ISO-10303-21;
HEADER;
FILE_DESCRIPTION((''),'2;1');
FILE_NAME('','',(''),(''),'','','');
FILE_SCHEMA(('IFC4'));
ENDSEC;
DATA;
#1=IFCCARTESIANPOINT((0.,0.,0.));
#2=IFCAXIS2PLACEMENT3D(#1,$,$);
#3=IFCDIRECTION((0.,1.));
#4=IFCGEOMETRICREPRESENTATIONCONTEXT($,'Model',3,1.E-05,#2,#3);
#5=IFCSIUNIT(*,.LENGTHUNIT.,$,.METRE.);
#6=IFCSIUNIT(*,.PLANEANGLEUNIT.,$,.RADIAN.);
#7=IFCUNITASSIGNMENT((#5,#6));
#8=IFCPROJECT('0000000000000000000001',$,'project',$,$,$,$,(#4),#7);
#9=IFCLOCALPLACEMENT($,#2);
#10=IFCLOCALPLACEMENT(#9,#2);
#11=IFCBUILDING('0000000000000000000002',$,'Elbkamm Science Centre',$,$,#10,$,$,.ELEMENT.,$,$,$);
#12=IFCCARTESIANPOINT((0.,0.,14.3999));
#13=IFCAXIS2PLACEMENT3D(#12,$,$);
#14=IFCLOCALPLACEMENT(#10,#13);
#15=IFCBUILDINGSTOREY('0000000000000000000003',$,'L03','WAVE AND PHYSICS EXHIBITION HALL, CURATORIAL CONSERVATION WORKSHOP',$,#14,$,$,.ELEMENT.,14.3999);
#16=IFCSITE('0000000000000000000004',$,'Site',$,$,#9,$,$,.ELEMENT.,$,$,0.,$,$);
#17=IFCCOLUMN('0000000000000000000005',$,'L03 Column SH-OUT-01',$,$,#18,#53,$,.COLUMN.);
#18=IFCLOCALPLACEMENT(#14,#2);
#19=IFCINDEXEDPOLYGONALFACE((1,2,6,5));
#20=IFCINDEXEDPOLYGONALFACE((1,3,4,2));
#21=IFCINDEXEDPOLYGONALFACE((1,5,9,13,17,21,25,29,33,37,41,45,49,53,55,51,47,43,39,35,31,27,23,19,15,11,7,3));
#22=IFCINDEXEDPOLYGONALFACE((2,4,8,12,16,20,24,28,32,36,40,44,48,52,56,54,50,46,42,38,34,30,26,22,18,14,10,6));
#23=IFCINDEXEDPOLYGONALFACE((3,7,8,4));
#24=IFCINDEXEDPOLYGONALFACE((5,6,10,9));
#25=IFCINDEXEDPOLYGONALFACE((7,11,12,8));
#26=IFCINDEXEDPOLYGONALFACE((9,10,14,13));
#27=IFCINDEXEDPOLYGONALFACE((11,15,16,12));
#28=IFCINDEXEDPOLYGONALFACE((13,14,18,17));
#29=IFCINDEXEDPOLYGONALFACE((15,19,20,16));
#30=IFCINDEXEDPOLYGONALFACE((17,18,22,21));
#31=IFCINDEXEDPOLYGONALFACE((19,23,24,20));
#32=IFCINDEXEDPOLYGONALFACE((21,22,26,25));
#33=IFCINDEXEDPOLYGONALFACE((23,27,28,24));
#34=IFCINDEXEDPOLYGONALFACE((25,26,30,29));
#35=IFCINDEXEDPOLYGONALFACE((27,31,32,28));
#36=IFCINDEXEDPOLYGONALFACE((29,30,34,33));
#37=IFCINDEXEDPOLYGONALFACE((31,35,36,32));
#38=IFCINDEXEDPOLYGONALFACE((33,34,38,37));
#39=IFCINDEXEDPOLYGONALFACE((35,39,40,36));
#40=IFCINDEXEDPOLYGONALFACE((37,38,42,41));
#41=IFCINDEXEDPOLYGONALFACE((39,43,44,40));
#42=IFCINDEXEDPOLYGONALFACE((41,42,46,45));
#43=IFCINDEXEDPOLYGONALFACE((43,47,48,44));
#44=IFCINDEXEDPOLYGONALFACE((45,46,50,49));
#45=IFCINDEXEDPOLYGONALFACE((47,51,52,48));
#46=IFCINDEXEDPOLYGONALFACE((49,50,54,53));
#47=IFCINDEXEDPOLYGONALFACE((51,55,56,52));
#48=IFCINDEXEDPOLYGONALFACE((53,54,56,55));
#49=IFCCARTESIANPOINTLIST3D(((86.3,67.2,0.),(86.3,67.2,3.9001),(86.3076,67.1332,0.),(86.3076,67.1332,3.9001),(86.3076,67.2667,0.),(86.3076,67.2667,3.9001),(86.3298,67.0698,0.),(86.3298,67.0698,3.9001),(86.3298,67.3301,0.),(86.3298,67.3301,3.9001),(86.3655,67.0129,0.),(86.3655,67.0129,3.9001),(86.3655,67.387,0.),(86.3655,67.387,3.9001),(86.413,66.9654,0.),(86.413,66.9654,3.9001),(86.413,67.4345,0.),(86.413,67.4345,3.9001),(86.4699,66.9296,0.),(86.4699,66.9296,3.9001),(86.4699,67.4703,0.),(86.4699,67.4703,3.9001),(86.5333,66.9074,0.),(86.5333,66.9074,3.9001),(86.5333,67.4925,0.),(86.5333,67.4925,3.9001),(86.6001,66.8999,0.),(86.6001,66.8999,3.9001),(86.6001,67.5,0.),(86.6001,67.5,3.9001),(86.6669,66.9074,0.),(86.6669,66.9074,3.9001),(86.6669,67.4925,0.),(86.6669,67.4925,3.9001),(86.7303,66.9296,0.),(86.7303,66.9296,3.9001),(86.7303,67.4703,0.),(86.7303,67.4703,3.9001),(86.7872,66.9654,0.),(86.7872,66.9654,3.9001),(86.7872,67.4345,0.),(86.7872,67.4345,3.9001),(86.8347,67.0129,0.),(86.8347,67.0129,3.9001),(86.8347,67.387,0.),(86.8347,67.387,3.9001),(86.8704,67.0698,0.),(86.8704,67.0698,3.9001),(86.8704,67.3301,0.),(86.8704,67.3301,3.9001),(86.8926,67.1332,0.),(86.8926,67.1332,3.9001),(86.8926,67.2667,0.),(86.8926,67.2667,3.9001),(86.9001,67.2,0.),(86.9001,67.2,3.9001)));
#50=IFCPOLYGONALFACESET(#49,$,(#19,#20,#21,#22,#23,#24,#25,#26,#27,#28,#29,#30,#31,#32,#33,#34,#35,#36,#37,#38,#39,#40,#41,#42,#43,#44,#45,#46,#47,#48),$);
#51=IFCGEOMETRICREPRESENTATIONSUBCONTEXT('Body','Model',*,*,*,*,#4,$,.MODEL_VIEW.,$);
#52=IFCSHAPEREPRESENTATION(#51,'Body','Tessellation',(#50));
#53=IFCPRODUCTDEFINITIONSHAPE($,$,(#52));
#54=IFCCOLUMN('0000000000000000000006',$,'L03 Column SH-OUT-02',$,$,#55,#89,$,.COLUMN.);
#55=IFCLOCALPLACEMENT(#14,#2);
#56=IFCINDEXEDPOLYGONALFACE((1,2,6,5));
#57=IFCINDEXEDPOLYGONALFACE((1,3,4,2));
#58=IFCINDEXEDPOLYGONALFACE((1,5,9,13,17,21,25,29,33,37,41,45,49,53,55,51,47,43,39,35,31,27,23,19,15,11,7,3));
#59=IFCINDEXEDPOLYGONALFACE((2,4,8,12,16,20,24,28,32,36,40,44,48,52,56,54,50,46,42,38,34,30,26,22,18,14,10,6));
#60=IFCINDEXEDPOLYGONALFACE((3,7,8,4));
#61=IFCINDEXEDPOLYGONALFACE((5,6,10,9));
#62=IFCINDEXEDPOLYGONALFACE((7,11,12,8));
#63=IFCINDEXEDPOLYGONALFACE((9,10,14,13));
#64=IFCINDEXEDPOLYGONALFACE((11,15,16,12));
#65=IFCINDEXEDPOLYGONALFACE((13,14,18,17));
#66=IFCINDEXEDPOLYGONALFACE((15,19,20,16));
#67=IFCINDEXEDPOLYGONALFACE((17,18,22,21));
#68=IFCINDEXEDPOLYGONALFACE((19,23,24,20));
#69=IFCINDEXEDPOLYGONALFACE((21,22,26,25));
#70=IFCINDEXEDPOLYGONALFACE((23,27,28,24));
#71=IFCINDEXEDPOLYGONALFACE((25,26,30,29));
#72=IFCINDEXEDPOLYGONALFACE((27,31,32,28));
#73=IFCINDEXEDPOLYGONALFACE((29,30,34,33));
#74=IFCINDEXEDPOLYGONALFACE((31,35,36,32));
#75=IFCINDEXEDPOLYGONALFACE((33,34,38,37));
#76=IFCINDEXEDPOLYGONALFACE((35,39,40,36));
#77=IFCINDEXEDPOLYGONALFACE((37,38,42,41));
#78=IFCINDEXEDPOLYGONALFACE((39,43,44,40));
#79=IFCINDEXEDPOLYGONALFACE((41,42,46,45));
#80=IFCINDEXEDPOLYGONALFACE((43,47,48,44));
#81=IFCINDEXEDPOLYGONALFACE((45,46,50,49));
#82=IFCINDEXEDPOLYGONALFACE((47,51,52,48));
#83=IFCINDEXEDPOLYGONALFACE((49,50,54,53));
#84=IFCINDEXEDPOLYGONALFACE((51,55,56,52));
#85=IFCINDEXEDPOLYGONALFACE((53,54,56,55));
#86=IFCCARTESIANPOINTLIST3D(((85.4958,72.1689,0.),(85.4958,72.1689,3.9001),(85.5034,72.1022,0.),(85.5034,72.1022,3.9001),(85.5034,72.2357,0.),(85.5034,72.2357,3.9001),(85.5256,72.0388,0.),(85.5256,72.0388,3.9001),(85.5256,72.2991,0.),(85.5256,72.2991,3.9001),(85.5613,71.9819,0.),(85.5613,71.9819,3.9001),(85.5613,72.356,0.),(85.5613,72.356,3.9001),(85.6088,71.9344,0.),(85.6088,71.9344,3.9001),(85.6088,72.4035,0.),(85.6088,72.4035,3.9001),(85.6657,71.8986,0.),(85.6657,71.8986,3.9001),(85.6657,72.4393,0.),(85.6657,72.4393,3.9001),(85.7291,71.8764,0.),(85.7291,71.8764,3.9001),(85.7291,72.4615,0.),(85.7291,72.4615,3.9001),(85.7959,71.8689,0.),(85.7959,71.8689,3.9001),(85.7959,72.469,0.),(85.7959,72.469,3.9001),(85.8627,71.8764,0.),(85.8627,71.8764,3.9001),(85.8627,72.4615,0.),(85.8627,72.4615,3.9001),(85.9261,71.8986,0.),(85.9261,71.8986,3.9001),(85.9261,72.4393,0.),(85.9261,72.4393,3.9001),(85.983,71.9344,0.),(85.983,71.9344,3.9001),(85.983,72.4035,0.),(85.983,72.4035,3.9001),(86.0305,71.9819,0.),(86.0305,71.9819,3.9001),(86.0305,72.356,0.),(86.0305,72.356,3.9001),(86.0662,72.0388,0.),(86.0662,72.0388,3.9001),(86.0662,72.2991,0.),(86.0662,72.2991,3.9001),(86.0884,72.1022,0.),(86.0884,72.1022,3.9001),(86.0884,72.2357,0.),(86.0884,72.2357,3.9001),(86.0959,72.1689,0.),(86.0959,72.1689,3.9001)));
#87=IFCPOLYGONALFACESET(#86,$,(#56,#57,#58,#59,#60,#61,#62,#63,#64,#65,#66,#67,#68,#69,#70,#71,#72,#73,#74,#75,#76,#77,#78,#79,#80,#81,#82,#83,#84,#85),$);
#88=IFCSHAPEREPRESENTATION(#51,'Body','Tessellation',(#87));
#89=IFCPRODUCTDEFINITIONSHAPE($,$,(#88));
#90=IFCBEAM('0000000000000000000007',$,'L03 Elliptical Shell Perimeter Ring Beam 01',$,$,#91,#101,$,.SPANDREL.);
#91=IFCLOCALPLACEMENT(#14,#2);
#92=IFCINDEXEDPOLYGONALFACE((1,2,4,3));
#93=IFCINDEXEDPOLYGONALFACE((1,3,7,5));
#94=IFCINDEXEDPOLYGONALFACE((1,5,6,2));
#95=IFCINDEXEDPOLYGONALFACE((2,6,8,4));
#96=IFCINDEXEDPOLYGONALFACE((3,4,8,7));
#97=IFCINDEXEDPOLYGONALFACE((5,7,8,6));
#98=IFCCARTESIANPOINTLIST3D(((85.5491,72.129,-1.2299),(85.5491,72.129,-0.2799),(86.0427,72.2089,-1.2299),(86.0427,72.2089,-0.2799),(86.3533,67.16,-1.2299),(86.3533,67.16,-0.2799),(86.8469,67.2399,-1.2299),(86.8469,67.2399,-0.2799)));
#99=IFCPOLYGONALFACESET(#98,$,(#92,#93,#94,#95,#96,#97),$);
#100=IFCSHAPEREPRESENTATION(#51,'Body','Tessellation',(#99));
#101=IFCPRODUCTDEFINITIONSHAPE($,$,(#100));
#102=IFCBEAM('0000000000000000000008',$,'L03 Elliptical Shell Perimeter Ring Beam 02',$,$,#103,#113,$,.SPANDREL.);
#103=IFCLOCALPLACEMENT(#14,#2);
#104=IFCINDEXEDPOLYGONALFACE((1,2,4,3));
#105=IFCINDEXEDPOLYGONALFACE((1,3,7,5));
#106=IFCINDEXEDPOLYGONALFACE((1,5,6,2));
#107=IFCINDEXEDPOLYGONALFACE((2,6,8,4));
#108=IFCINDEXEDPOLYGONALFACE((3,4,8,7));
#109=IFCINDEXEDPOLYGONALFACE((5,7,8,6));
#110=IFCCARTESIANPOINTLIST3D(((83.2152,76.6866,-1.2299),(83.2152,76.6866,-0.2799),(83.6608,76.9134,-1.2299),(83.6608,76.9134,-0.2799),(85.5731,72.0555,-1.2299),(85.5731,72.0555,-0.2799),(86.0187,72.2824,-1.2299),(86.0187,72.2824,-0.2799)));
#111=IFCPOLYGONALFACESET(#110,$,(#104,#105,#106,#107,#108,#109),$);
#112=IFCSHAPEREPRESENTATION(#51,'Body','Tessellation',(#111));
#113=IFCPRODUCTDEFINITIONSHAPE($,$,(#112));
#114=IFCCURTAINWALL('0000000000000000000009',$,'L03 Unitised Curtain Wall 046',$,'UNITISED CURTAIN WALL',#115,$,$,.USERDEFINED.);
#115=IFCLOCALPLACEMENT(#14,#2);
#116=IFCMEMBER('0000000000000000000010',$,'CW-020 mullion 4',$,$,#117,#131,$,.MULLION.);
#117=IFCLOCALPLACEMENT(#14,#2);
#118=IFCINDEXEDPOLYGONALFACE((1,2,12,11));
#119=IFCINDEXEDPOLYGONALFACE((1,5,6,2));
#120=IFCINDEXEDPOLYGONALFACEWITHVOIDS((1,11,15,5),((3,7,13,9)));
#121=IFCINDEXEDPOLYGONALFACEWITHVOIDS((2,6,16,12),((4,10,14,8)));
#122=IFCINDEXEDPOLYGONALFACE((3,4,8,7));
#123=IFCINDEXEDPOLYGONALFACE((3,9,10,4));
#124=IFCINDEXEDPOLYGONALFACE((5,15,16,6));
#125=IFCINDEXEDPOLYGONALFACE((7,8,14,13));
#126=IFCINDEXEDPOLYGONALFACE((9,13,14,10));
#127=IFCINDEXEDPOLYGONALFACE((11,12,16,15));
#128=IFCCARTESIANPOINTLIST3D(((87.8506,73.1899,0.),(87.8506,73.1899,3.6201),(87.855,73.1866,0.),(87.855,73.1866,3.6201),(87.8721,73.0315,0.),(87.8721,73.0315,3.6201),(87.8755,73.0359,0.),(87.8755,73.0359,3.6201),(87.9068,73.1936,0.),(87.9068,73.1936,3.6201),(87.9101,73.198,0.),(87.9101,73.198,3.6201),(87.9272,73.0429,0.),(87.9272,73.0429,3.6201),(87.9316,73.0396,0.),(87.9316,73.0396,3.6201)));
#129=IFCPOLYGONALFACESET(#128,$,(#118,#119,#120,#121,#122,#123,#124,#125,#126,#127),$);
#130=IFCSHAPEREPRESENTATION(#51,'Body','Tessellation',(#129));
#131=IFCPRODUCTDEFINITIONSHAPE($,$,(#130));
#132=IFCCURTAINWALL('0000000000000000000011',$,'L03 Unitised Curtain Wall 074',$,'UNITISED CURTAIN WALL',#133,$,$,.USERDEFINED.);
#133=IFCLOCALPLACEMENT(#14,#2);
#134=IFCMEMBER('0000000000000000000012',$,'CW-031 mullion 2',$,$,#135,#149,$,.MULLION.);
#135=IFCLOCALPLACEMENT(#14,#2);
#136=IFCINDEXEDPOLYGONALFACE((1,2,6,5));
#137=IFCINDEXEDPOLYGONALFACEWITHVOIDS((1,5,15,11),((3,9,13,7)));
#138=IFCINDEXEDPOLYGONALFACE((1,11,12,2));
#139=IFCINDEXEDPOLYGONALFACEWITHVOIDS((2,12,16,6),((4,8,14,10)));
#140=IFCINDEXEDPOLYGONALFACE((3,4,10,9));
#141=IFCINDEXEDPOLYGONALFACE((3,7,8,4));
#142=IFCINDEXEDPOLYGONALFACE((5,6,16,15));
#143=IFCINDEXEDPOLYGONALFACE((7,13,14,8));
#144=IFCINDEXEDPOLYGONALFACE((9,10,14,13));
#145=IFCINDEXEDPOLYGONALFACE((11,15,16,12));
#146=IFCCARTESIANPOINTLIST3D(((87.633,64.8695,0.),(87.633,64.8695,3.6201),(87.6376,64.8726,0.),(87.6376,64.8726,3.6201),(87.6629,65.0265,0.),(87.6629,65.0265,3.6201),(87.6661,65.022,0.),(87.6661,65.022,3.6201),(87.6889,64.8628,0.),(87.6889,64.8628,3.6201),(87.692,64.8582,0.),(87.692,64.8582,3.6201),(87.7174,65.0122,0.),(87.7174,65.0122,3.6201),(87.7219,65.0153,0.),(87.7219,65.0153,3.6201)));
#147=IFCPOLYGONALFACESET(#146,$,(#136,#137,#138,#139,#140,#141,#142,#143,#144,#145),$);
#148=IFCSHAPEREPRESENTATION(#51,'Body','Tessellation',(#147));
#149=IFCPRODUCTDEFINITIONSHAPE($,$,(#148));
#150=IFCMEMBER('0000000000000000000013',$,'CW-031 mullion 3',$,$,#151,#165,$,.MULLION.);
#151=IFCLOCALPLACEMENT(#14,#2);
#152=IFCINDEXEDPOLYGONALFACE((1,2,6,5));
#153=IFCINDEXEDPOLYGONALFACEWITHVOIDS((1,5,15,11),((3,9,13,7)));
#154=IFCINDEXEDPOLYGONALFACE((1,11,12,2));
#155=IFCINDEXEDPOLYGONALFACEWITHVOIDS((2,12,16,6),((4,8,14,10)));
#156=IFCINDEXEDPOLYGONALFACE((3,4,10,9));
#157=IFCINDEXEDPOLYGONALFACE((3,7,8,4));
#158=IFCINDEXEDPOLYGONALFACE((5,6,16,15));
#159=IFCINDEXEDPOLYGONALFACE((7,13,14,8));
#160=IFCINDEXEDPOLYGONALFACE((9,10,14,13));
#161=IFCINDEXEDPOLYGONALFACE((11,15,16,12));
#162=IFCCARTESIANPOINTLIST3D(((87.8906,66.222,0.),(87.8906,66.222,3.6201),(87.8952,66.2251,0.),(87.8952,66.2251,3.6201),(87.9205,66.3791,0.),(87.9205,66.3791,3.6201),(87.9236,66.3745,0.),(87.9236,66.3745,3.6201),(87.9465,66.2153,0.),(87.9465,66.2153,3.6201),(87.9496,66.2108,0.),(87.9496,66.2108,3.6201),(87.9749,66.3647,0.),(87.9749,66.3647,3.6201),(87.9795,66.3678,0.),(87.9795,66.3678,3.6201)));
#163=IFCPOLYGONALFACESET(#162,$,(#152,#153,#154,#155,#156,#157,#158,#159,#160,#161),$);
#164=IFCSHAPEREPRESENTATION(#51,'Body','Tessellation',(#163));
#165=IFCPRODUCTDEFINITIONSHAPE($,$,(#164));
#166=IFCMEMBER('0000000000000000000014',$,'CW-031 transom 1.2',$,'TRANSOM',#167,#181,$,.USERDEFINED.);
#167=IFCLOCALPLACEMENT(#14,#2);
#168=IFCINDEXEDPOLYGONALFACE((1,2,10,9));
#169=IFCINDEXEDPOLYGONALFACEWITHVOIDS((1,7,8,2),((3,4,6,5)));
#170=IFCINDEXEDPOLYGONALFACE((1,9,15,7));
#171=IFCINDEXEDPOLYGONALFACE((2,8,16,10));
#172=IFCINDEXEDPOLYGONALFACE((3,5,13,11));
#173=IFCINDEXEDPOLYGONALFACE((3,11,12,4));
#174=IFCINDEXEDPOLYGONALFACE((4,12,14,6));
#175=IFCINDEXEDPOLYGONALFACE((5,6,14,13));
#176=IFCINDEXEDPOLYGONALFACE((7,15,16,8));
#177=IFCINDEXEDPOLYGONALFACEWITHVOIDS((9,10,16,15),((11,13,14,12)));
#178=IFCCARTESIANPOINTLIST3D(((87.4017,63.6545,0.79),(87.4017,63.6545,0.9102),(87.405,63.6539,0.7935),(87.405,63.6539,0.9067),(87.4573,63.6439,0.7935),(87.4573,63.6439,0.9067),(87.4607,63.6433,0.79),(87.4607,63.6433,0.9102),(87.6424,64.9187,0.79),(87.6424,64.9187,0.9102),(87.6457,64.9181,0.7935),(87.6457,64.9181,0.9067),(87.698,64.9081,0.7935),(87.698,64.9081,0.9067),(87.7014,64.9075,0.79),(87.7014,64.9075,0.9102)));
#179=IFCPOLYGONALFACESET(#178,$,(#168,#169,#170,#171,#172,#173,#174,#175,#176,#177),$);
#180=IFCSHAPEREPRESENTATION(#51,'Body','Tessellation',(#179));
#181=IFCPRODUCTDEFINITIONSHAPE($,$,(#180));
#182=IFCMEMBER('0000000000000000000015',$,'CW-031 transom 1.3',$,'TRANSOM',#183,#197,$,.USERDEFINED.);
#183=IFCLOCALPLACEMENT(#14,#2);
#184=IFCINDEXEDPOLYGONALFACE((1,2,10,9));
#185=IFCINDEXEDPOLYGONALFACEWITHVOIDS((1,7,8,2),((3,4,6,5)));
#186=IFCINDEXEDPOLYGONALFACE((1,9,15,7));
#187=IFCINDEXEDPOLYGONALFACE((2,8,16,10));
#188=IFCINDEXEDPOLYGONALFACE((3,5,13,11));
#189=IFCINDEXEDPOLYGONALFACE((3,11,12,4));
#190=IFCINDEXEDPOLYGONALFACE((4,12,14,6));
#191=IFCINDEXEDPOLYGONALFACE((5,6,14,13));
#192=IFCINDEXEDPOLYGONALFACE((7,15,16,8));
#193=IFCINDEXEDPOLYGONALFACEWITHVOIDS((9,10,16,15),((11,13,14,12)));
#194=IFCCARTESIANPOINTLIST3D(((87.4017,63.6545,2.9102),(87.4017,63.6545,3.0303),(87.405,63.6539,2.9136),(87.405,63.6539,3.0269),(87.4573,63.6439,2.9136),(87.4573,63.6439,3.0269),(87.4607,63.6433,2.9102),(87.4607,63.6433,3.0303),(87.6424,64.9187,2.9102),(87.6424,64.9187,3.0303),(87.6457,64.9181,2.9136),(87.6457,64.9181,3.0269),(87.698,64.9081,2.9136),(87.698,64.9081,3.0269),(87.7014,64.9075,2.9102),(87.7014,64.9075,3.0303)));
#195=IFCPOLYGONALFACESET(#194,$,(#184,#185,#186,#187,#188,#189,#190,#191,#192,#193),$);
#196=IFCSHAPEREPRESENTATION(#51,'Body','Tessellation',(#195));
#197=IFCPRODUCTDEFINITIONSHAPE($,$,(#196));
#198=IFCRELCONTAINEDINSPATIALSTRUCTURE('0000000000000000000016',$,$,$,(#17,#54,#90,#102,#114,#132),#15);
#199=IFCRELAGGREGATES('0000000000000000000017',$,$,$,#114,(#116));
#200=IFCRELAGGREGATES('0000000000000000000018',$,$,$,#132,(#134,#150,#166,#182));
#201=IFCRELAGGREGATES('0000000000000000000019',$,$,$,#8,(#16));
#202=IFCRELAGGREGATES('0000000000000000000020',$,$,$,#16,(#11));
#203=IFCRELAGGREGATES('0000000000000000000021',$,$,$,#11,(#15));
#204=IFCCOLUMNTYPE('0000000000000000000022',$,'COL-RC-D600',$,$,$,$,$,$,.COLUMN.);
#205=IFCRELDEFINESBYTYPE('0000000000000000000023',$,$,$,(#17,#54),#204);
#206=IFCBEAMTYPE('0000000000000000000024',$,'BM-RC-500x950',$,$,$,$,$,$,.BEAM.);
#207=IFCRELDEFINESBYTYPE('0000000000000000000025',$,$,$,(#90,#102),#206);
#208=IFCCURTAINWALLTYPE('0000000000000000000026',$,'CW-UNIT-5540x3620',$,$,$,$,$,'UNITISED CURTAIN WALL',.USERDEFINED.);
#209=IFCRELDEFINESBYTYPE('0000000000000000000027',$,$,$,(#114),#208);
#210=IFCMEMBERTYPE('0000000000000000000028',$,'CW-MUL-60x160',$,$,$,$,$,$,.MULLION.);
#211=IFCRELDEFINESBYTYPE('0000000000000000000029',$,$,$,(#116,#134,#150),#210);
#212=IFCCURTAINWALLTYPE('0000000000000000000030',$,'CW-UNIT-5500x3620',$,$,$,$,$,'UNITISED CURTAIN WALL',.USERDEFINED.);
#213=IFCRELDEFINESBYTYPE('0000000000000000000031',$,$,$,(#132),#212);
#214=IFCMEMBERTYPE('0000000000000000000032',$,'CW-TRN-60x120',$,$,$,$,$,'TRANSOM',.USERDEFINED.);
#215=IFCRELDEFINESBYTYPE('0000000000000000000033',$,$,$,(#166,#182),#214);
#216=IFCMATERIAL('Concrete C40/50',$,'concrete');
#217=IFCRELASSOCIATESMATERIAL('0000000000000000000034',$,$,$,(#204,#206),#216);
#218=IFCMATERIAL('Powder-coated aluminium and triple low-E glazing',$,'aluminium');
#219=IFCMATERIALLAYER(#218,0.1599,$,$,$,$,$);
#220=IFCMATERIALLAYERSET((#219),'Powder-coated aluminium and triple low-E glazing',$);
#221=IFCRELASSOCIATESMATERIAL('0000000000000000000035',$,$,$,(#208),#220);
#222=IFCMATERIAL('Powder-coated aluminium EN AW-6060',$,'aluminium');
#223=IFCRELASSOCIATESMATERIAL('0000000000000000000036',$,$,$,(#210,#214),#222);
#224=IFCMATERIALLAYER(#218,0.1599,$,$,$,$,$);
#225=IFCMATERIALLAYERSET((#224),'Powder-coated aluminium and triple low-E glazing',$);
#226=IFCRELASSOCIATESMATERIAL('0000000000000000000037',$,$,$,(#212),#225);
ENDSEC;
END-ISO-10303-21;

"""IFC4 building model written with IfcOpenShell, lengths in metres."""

from ifc_helpers import new_model, si_unit, direction, frame, origin, origin_2d, place, context, subcontext, project, spatial, rectangle, hollow_rectangle, circle, extrude, material, layer, layer_set, material_profile, profile_set, type_object, element, aggregate, save


model = new_model("IFC4")

# Units and contexts
model_context = context("Model", 3, precision=1e-05, world=origin(), true_north=direction((0.0, 1.0)))
body_context = subcontext(model_context, "Body", "Model", "MODEL_VIEW")
ifc_project = project(units=[si_unit("LENGTHUNIT", "METRE"), si_unit("PLANEANGLEUNIT", "RADIAN")], contexts=[model_context])

# Site, building, storey
site_placement = place(None, origin())
site = spatial("IfcSite", under=ifc_project, at=site_placement, Name="Site", CompositionType="ELEMENT", RefElevation=0.0)
building_placement = place(site_placement, origin())
building = spatial("IfcBuilding", under=site, at=building_placement, Name="Elbkamm Science Centre", CompositionType="ELEMENT")
storey_placement = place(building_placement, frame((0.0, 0.0, 14.3999)))
storey = spatial("IfcBuildingStorey", under=building, at=storey_placement, Name="L03", Description="WAVE AND PHYSICS EXHIBITION HALL, CURATORIAL CONSERVATION WORKSHOP", CompositionType="ELEMENT", Elevation=14.3999)

# Columns
ifc_material_1 = material(Name="Concrete C40/50", Category="concrete")
ifc_material_profile_1 = material_profile(ifc_material_1, circle(Radius=0.3, at=origin_2d()), Name="RC D600")
ifc_profile_set_1 = profile_set([ifc_material_profile_1], Name="Concrete C40/50")
column_type = type_object("IfcColumnType", Name="COL-RC-D600", PredefinedType="COLUMN", material=ifc_profile_set_1)
for number, where, z_axis, x_axis, name in (
    (1, (86.6001, 67.2, 0.0), (0.0, 0.0, 1.0), (1.0, 0.0, 0.0), "L03 Column SH-OUT-01"),
    (2, (85.7959, 72.1689, 0.0), (0.0, 0.0, 1.0), (1.0, 0.0, 0.0), "L03 Column SH-OUT-02"),
):
    element("IfcColumn", number, at=place(storey_placement, frame(where, z_axis=z_axis, x_axis=x_axis)), inside=storey, type_object=column_type, Name=name, PredefinedType="COLUMN", context=body_context, shape_type="SweptSolid", body=[
        extrude(circle(Radius=0.3, at=origin_2d()), origin(), (0.0, 0.0, 1.0), 3.9001),
    ])

# Beams
ifc_material_profile_2 = material_profile(ifc_material_1, rectangle(XDim=0.5, YDim=0.95, at=origin_2d()), Name="RC 500x950")
ifc_profile_set_2 = profile_set([ifc_material_profile_2], Name="Concrete C40/50")
beam_type = type_object("IfcBeamType", Name="BM-RC-500x950", PredefinedType="BEAM", material=ifc_profile_set_2)
beam_1_placement = place(storey_placement, frame((86.6001, 67.2, -0.7549), z_axis=(-0.159765, 0.987155, 0.0), x_axis=(-0.987155, -0.159765, 0.0)))
element("IfcBeam", 3, at=beam_1_placement, inside=storey, type_object=beam_type, Name="L03 Elliptical Shell Perimeter Ring Beam 01", PredefinedType="SPANDREL", context=body_context, shape_type="SweptSolid", body=[
    extrude(rectangle(XDim=0.5, YDim=0.95, at=origin_2d()), origin(), (0.0, 0.0, 1.0), 5.0337),
])
beam_2_placement = place(storey_placement, frame((85.7959, 72.1689, -0.7549), z_axis=(-0.453722, 0.891143, 0.0), x_axis=(-0.891143, -0.453722, 0.0)))
element("IfcBeam", 4, at=beam_2_placement, inside=storey, type_object=beam_type, Name="L03 Elliptical Shell Perimeter Ring Beam 02", PredefinedType="SPANDREL", context=body_context, shape_type="SweptSolid", body=[
    extrude(rectangle(XDim=0.5, YDim=0.95, at=origin_2d()), origin(), (0.0, 0.0, 1.0), 5.1968),
])

# Curtain wall, member
ifc_material_2 = material(Name="Powder-coated aluminium and triple low-E glazing", Category="aluminium")
ifc_layer_1 = layer(ifc_material_2, 0.1599)
ifc_layer_set_1 = layer_set([ifc_layer_1], Name="Powder-coated aluminium and triple low-E glazing")
curtain_wall_type_1 = type_object("IfcCurtainWallType", Name="CW-UNIT-5540x3620", ElementType="UNITISED CURTAIN WALL", PredefinedType="USERDEFINED", material=ifc_layer_set_1)
curtain_wall_1_placement = place(storey_placement, origin())
curtain_wall_1 = element("IfcCurtainWall", 5, at=curtain_wall_1_placement, inside=storey, type_object=curtain_wall_type_1, Name="L03 Unitised Curtain Wall 046", ObjectType="UNITISED CURTAIN WALL", PredefinedType="USERDEFINED")
ifc_material_3 = material(Name="Powder-coated aluminium EN AW-6060", Category="aluminium")
ifc_material_profile_3 = material_profile(ifc_material_3, hollow_rectangle(XDim=0.0601, YDim=0.1599, WallThickness=0.0039, at=origin_2d()), Name="ALU M60x160")
ifc_profile_set_3 = profile_set([ifc_material_profile_3], Name="Powder-coated aluminium EN AW-6060")
member_type_1 = type_object("IfcMemberType", Name="CW-MUL-60x160", PredefinedType="MULLION", material=ifc_profile_set_3)
member_1_placement = place(storey_placement, frame((87.8911, 73.1147, 0.0), z_axis=(0.0, 0.0, 1.0), x_axis=(-0.990903, -0.134576, 0.0)))
member_1 = element("IfcMember", 6, at=member_1_placement, type_object=member_type_1, Name="CW-020 mullion 4", PredefinedType="MULLION", context=body_context, shape_type="SweptSolid", body=[
    extrude(hollow_rectangle(XDim=0.0601, YDim=0.1599, WallThickness=0.0039, at=origin_2d()), origin(), (0.0, 0.0, 1.0), 3.6201),
])
aggregate(curtain_wall_1, [member_1])

# Curtain wall, members
ifc_layer_2 = layer(ifc_material_2, 0.1599)
ifc_layer_set_2 = layer_set([ifc_layer_2], Name="Powder-coated aluminium and triple low-E glazing")
curtain_wall_type_2 = type_object("IfcCurtainWallType", Name="CW-UNIT-5500x3620", ElementType="UNITISED CURTAIN WALL", PredefinedType="USERDEFINED", material=ifc_layer_set_2)
curtain_wall_2_placement = place(storey_placement, origin())
curtain_wall_2 = element("IfcCurtainWall", 7, at=curtain_wall_2_placement, inside=storey, type_object=curtain_wall_type_2, Name="L03 Unitised Curtain Wall 074", ObjectType="UNITISED CURTAIN WALL", PredefinedType="USERDEFINED")
member_2_placement = place(storey_placement, frame((87.6775, 64.9424, 0.0), z_axis=(0.0, 0.0, 1.0), x_axis=(-0.982351, 0.187046, 0.0)))
member_2 = element("IfcMember", 8, at=member_2_placement, type_object=member_type_1, Name="CW-031 mullion 2", PredefinedType="MULLION", context=body_context, shape_type="SweptSolid", body=[
    extrude(hollow_rectangle(XDim=0.0601, YDim=0.1599, WallThickness=0.0039, at=origin_2d()), origin(), (0.0, 0.0, 1.0), 3.6201),
])
member_3_placement = place(storey_placement, frame((87.9351, 66.2949, 0.0), z_axis=(0.0, 0.0, 1.0), x_axis=(-0.982351, 0.187046, 0.0)))
member_3 = element("IfcMember", 9, at=member_3_placement, type_object=member_type_1, Name="CW-031 mullion 3", PredefinedType="MULLION", context=body_context, shape_type="SweptSolid", body=[
    extrude(hollow_rectangle(XDim=0.0601, YDim=0.1599, WallThickness=0.0039, at=origin_2d()), origin(), (0.0, 0.0, 1.0), 3.6201),
])
ifc_material_profile_4 = material_profile(ifc_material_3, hollow_rectangle(XDim=0.0601, YDim=0.1201, WallThickness=0.0034, at=origin_2d()), Name="ALU T60x120")
ifc_profile_set_4 = profile_set([ifc_material_profile_4], Name="Powder-coated aluminium EN AW-6060")
member_type_2 = type_object("IfcMemberType", Name="CW-TRN-60x120", ElementType="TRANSOM", PredefinedType="USERDEFINED", material=ifc_profile_set_4)
member_4_placement = place(storey_placement, frame((87.4312, 63.6489, 0.8501), z_axis=(0.18706, 0.982349, 0.0), x_axis=(-0.982349, 0.18706, 0.0)))
member_4 = element("IfcMember", 10, at=member_4_placement, type_object=member_type_2, Name="CW-031 transom 1.2", ObjectType="TRANSOM", PredefinedType="USERDEFINED", context=body_context, shape_type="SweptSolid", body=[
    extrude(hollow_rectangle(XDim=0.0601, YDim=0.1201, WallThickness=0.0034, at=origin_2d()), origin(), (0.0, 0.0, 1.0), 1.2869),
])
member_5_placement = place(storey_placement, frame((87.4312, 63.6489, 2.9702), z_axis=(0.18706, 0.982349, 0.0), x_axis=(-0.982349, 0.18706, 0.0)))
member_5 = element("IfcMember", 11, at=member_5_placement, type_object=member_type_2, Name="CW-031 transom 1.3", ObjectType="TRANSOM", PredefinedType="USERDEFINED", context=body_context, shape_type="SweptSolid", body=[
    extrude(hollow_rectangle(XDim=0.0601, YDim=0.1201, WallThickness=0.0034, at=origin_2d()), origin(), (0.0, 0.0, 1.0), 1.2869),
])
aggregate(curtain_wall_2, [member_2, member_3, member_4, member_5])

save(model, "model.ifc")
